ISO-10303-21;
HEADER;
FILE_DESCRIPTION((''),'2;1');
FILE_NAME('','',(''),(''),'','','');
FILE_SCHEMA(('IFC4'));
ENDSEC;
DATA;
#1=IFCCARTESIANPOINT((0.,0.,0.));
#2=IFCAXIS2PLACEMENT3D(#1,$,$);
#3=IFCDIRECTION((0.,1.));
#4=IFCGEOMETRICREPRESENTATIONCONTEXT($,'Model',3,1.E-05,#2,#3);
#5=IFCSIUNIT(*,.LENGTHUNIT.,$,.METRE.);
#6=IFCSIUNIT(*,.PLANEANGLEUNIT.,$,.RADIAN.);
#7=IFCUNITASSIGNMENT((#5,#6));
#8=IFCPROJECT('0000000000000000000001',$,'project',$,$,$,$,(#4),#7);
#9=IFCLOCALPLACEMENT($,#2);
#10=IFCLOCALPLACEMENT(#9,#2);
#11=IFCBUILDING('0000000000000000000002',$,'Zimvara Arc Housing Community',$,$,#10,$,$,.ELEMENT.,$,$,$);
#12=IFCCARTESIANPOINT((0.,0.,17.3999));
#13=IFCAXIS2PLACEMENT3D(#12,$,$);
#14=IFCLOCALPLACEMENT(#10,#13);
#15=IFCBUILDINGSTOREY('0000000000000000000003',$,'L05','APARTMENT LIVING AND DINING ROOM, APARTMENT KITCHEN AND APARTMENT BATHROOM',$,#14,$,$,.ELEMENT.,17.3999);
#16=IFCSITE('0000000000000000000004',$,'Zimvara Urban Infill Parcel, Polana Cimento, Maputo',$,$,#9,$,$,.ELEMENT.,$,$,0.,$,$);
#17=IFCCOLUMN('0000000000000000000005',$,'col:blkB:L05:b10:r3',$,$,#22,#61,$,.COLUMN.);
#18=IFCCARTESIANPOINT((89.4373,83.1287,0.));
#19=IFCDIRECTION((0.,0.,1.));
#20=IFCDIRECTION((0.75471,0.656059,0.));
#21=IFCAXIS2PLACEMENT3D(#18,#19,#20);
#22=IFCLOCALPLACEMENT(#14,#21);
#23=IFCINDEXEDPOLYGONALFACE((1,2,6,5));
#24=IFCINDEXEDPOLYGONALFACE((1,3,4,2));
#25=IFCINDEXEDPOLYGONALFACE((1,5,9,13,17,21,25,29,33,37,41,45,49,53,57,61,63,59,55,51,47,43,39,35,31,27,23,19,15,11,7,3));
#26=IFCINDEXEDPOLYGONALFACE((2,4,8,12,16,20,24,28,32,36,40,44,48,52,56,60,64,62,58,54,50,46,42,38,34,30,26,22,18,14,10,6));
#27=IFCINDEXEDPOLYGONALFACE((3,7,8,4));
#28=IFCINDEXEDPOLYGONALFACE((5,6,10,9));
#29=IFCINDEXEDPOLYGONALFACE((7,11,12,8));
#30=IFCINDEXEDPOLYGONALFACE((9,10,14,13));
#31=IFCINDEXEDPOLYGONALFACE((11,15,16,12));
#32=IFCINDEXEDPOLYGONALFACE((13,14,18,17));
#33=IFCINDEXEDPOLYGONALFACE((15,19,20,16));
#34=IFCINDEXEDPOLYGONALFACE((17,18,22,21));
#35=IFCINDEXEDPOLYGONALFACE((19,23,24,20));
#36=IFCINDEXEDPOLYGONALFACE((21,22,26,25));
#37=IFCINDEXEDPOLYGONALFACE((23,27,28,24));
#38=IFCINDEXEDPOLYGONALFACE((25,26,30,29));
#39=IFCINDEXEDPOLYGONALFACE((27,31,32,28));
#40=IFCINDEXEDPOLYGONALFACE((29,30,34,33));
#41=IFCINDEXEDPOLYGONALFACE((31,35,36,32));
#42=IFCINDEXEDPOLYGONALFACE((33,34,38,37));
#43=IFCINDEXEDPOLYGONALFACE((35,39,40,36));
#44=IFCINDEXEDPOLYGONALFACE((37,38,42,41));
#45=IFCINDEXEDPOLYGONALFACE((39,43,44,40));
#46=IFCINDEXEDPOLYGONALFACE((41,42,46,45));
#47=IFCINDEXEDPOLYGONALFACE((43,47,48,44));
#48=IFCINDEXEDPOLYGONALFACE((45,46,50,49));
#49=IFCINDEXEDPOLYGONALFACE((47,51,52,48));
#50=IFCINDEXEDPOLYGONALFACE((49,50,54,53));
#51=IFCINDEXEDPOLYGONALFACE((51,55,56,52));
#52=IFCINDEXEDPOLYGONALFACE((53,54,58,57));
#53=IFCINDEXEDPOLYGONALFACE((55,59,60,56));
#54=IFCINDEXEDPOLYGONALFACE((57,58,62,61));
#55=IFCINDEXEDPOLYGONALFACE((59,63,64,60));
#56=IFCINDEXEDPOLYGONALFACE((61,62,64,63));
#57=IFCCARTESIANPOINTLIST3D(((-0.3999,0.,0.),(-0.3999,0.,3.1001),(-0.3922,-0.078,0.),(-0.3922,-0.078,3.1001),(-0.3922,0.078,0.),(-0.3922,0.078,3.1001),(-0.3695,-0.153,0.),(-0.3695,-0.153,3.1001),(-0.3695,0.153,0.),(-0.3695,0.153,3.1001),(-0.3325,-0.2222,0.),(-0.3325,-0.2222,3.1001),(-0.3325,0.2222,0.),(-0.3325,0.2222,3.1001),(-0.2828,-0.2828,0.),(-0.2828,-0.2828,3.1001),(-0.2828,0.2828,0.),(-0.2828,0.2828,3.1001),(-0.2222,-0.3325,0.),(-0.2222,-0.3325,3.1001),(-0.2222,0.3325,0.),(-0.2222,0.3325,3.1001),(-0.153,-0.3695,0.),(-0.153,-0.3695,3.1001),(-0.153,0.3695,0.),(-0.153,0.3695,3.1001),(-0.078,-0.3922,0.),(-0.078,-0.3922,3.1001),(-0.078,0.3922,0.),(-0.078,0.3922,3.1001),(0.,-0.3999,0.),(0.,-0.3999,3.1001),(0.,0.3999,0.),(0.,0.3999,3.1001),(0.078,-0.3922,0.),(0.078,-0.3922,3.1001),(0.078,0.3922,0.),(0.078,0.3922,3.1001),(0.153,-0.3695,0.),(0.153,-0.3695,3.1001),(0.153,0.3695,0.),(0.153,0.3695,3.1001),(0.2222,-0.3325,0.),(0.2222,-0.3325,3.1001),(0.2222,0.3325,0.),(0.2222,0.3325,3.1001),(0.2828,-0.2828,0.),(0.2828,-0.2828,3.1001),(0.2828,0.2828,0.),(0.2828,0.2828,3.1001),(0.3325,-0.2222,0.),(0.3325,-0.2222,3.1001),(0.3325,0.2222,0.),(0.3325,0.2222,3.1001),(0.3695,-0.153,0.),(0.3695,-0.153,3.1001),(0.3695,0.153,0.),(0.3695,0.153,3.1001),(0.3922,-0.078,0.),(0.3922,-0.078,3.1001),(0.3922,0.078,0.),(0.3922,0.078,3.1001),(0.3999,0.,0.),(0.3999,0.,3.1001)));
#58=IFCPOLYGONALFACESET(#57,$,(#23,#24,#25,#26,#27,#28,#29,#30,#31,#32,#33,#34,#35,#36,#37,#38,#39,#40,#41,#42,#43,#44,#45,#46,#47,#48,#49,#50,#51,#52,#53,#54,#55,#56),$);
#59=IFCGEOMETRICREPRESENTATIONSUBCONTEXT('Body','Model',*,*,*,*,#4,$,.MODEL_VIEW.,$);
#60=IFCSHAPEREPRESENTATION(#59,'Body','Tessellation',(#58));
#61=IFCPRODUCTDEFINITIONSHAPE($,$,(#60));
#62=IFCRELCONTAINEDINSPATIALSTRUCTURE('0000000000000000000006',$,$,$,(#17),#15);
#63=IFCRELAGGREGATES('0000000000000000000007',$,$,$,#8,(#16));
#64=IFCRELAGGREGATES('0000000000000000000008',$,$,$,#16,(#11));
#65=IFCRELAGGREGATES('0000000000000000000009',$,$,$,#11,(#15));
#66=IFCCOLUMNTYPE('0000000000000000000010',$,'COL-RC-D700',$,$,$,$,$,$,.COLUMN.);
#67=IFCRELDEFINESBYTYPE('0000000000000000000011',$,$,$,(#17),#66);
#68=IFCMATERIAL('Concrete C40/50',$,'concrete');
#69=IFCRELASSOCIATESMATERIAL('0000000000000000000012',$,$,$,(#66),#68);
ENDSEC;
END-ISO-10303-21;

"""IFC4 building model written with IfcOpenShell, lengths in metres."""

from ifc_helpers import new_model, si_unit, direction, frame, origin, origin_2d, place, context, subcontext, project, spatial, circle, extrude, material, material_profile, profile_set, type_object, element, save


model = new_model("IFC4")

# Units and contexts
model_context = context("Model", 3, precision=1e-05, world=origin(), true_north=direction((0.0, 1.0)))
body_context = subcontext(model_context, "Body", "Model", "MODEL_VIEW")
ifc_project = project(units=[si_unit("LENGTHUNIT", "METRE"), si_unit("PLANEANGLEUNIT", "RADIAN")], contexts=[model_context])

# Site, building, storey
site_placement = place(None, origin())
site = spatial("IfcSite", under=ifc_project, at=site_placement, Name="Zimvara Urban Infill Parcel, Polana Cimento, Maputo", CompositionType="ELEMENT", RefElevation=0.0)
building_placement = place(site_placement, origin())
building = spatial("IfcBuilding", under=site, at=building_placement, Name="Zimvara Arc Housing Community", CompositionType="ELEMENT")
storey_placement = place(building_placement, frame((0.0, 0.0, 17.3999)))
storey = spatial("IfcBuildingStorey", under=building, at=storey_placement, Name="L05", Description="APARTMENT LIVING AND DINING ROOM, APARTMENT KITCHEN AND APARTMENT BATHROOM", CompositionType="ELEMENT", Elevation=17.3999)

# Column
ifc_material_1 = material(Name="Concrete C40/50", Category="concrete")
ifc_material_profile_1 = material_profile(ifc_material_1, circle(Radius=0.3999, at=origin_2d()), Name="RC D800")
ifc_profile_set_1 = profile_set([ifc_material_profile_1], Name="Concrete C40/50")
column_type_1 = type_object("IfcColumnType", Name="COL-RC-D700", PredefinedType="COLUMN", material=ifc_profile_set_1)
column_1_placement = place(storey_placement, frame((89.4373, 83.1287, 0.0), z_axis=(0.0, 0.0, 1.0), x_axis=(0.75471, 0.656059, 0.0)))
element("IfcColumn", 1, at=column_1_placement, inside=storey, type_object=column_type_1, Name="col:blkB:L05:b10:r3", PredefinedType="COLUMN", context=body_context, shape_type="SweptSolid", body=[
    extrude(circle(Radius=0.3999, at=origin_2d()), origin(), (0.0, 0.0, 1.0), 3.1001),
])

save(model, "model.ifc")
